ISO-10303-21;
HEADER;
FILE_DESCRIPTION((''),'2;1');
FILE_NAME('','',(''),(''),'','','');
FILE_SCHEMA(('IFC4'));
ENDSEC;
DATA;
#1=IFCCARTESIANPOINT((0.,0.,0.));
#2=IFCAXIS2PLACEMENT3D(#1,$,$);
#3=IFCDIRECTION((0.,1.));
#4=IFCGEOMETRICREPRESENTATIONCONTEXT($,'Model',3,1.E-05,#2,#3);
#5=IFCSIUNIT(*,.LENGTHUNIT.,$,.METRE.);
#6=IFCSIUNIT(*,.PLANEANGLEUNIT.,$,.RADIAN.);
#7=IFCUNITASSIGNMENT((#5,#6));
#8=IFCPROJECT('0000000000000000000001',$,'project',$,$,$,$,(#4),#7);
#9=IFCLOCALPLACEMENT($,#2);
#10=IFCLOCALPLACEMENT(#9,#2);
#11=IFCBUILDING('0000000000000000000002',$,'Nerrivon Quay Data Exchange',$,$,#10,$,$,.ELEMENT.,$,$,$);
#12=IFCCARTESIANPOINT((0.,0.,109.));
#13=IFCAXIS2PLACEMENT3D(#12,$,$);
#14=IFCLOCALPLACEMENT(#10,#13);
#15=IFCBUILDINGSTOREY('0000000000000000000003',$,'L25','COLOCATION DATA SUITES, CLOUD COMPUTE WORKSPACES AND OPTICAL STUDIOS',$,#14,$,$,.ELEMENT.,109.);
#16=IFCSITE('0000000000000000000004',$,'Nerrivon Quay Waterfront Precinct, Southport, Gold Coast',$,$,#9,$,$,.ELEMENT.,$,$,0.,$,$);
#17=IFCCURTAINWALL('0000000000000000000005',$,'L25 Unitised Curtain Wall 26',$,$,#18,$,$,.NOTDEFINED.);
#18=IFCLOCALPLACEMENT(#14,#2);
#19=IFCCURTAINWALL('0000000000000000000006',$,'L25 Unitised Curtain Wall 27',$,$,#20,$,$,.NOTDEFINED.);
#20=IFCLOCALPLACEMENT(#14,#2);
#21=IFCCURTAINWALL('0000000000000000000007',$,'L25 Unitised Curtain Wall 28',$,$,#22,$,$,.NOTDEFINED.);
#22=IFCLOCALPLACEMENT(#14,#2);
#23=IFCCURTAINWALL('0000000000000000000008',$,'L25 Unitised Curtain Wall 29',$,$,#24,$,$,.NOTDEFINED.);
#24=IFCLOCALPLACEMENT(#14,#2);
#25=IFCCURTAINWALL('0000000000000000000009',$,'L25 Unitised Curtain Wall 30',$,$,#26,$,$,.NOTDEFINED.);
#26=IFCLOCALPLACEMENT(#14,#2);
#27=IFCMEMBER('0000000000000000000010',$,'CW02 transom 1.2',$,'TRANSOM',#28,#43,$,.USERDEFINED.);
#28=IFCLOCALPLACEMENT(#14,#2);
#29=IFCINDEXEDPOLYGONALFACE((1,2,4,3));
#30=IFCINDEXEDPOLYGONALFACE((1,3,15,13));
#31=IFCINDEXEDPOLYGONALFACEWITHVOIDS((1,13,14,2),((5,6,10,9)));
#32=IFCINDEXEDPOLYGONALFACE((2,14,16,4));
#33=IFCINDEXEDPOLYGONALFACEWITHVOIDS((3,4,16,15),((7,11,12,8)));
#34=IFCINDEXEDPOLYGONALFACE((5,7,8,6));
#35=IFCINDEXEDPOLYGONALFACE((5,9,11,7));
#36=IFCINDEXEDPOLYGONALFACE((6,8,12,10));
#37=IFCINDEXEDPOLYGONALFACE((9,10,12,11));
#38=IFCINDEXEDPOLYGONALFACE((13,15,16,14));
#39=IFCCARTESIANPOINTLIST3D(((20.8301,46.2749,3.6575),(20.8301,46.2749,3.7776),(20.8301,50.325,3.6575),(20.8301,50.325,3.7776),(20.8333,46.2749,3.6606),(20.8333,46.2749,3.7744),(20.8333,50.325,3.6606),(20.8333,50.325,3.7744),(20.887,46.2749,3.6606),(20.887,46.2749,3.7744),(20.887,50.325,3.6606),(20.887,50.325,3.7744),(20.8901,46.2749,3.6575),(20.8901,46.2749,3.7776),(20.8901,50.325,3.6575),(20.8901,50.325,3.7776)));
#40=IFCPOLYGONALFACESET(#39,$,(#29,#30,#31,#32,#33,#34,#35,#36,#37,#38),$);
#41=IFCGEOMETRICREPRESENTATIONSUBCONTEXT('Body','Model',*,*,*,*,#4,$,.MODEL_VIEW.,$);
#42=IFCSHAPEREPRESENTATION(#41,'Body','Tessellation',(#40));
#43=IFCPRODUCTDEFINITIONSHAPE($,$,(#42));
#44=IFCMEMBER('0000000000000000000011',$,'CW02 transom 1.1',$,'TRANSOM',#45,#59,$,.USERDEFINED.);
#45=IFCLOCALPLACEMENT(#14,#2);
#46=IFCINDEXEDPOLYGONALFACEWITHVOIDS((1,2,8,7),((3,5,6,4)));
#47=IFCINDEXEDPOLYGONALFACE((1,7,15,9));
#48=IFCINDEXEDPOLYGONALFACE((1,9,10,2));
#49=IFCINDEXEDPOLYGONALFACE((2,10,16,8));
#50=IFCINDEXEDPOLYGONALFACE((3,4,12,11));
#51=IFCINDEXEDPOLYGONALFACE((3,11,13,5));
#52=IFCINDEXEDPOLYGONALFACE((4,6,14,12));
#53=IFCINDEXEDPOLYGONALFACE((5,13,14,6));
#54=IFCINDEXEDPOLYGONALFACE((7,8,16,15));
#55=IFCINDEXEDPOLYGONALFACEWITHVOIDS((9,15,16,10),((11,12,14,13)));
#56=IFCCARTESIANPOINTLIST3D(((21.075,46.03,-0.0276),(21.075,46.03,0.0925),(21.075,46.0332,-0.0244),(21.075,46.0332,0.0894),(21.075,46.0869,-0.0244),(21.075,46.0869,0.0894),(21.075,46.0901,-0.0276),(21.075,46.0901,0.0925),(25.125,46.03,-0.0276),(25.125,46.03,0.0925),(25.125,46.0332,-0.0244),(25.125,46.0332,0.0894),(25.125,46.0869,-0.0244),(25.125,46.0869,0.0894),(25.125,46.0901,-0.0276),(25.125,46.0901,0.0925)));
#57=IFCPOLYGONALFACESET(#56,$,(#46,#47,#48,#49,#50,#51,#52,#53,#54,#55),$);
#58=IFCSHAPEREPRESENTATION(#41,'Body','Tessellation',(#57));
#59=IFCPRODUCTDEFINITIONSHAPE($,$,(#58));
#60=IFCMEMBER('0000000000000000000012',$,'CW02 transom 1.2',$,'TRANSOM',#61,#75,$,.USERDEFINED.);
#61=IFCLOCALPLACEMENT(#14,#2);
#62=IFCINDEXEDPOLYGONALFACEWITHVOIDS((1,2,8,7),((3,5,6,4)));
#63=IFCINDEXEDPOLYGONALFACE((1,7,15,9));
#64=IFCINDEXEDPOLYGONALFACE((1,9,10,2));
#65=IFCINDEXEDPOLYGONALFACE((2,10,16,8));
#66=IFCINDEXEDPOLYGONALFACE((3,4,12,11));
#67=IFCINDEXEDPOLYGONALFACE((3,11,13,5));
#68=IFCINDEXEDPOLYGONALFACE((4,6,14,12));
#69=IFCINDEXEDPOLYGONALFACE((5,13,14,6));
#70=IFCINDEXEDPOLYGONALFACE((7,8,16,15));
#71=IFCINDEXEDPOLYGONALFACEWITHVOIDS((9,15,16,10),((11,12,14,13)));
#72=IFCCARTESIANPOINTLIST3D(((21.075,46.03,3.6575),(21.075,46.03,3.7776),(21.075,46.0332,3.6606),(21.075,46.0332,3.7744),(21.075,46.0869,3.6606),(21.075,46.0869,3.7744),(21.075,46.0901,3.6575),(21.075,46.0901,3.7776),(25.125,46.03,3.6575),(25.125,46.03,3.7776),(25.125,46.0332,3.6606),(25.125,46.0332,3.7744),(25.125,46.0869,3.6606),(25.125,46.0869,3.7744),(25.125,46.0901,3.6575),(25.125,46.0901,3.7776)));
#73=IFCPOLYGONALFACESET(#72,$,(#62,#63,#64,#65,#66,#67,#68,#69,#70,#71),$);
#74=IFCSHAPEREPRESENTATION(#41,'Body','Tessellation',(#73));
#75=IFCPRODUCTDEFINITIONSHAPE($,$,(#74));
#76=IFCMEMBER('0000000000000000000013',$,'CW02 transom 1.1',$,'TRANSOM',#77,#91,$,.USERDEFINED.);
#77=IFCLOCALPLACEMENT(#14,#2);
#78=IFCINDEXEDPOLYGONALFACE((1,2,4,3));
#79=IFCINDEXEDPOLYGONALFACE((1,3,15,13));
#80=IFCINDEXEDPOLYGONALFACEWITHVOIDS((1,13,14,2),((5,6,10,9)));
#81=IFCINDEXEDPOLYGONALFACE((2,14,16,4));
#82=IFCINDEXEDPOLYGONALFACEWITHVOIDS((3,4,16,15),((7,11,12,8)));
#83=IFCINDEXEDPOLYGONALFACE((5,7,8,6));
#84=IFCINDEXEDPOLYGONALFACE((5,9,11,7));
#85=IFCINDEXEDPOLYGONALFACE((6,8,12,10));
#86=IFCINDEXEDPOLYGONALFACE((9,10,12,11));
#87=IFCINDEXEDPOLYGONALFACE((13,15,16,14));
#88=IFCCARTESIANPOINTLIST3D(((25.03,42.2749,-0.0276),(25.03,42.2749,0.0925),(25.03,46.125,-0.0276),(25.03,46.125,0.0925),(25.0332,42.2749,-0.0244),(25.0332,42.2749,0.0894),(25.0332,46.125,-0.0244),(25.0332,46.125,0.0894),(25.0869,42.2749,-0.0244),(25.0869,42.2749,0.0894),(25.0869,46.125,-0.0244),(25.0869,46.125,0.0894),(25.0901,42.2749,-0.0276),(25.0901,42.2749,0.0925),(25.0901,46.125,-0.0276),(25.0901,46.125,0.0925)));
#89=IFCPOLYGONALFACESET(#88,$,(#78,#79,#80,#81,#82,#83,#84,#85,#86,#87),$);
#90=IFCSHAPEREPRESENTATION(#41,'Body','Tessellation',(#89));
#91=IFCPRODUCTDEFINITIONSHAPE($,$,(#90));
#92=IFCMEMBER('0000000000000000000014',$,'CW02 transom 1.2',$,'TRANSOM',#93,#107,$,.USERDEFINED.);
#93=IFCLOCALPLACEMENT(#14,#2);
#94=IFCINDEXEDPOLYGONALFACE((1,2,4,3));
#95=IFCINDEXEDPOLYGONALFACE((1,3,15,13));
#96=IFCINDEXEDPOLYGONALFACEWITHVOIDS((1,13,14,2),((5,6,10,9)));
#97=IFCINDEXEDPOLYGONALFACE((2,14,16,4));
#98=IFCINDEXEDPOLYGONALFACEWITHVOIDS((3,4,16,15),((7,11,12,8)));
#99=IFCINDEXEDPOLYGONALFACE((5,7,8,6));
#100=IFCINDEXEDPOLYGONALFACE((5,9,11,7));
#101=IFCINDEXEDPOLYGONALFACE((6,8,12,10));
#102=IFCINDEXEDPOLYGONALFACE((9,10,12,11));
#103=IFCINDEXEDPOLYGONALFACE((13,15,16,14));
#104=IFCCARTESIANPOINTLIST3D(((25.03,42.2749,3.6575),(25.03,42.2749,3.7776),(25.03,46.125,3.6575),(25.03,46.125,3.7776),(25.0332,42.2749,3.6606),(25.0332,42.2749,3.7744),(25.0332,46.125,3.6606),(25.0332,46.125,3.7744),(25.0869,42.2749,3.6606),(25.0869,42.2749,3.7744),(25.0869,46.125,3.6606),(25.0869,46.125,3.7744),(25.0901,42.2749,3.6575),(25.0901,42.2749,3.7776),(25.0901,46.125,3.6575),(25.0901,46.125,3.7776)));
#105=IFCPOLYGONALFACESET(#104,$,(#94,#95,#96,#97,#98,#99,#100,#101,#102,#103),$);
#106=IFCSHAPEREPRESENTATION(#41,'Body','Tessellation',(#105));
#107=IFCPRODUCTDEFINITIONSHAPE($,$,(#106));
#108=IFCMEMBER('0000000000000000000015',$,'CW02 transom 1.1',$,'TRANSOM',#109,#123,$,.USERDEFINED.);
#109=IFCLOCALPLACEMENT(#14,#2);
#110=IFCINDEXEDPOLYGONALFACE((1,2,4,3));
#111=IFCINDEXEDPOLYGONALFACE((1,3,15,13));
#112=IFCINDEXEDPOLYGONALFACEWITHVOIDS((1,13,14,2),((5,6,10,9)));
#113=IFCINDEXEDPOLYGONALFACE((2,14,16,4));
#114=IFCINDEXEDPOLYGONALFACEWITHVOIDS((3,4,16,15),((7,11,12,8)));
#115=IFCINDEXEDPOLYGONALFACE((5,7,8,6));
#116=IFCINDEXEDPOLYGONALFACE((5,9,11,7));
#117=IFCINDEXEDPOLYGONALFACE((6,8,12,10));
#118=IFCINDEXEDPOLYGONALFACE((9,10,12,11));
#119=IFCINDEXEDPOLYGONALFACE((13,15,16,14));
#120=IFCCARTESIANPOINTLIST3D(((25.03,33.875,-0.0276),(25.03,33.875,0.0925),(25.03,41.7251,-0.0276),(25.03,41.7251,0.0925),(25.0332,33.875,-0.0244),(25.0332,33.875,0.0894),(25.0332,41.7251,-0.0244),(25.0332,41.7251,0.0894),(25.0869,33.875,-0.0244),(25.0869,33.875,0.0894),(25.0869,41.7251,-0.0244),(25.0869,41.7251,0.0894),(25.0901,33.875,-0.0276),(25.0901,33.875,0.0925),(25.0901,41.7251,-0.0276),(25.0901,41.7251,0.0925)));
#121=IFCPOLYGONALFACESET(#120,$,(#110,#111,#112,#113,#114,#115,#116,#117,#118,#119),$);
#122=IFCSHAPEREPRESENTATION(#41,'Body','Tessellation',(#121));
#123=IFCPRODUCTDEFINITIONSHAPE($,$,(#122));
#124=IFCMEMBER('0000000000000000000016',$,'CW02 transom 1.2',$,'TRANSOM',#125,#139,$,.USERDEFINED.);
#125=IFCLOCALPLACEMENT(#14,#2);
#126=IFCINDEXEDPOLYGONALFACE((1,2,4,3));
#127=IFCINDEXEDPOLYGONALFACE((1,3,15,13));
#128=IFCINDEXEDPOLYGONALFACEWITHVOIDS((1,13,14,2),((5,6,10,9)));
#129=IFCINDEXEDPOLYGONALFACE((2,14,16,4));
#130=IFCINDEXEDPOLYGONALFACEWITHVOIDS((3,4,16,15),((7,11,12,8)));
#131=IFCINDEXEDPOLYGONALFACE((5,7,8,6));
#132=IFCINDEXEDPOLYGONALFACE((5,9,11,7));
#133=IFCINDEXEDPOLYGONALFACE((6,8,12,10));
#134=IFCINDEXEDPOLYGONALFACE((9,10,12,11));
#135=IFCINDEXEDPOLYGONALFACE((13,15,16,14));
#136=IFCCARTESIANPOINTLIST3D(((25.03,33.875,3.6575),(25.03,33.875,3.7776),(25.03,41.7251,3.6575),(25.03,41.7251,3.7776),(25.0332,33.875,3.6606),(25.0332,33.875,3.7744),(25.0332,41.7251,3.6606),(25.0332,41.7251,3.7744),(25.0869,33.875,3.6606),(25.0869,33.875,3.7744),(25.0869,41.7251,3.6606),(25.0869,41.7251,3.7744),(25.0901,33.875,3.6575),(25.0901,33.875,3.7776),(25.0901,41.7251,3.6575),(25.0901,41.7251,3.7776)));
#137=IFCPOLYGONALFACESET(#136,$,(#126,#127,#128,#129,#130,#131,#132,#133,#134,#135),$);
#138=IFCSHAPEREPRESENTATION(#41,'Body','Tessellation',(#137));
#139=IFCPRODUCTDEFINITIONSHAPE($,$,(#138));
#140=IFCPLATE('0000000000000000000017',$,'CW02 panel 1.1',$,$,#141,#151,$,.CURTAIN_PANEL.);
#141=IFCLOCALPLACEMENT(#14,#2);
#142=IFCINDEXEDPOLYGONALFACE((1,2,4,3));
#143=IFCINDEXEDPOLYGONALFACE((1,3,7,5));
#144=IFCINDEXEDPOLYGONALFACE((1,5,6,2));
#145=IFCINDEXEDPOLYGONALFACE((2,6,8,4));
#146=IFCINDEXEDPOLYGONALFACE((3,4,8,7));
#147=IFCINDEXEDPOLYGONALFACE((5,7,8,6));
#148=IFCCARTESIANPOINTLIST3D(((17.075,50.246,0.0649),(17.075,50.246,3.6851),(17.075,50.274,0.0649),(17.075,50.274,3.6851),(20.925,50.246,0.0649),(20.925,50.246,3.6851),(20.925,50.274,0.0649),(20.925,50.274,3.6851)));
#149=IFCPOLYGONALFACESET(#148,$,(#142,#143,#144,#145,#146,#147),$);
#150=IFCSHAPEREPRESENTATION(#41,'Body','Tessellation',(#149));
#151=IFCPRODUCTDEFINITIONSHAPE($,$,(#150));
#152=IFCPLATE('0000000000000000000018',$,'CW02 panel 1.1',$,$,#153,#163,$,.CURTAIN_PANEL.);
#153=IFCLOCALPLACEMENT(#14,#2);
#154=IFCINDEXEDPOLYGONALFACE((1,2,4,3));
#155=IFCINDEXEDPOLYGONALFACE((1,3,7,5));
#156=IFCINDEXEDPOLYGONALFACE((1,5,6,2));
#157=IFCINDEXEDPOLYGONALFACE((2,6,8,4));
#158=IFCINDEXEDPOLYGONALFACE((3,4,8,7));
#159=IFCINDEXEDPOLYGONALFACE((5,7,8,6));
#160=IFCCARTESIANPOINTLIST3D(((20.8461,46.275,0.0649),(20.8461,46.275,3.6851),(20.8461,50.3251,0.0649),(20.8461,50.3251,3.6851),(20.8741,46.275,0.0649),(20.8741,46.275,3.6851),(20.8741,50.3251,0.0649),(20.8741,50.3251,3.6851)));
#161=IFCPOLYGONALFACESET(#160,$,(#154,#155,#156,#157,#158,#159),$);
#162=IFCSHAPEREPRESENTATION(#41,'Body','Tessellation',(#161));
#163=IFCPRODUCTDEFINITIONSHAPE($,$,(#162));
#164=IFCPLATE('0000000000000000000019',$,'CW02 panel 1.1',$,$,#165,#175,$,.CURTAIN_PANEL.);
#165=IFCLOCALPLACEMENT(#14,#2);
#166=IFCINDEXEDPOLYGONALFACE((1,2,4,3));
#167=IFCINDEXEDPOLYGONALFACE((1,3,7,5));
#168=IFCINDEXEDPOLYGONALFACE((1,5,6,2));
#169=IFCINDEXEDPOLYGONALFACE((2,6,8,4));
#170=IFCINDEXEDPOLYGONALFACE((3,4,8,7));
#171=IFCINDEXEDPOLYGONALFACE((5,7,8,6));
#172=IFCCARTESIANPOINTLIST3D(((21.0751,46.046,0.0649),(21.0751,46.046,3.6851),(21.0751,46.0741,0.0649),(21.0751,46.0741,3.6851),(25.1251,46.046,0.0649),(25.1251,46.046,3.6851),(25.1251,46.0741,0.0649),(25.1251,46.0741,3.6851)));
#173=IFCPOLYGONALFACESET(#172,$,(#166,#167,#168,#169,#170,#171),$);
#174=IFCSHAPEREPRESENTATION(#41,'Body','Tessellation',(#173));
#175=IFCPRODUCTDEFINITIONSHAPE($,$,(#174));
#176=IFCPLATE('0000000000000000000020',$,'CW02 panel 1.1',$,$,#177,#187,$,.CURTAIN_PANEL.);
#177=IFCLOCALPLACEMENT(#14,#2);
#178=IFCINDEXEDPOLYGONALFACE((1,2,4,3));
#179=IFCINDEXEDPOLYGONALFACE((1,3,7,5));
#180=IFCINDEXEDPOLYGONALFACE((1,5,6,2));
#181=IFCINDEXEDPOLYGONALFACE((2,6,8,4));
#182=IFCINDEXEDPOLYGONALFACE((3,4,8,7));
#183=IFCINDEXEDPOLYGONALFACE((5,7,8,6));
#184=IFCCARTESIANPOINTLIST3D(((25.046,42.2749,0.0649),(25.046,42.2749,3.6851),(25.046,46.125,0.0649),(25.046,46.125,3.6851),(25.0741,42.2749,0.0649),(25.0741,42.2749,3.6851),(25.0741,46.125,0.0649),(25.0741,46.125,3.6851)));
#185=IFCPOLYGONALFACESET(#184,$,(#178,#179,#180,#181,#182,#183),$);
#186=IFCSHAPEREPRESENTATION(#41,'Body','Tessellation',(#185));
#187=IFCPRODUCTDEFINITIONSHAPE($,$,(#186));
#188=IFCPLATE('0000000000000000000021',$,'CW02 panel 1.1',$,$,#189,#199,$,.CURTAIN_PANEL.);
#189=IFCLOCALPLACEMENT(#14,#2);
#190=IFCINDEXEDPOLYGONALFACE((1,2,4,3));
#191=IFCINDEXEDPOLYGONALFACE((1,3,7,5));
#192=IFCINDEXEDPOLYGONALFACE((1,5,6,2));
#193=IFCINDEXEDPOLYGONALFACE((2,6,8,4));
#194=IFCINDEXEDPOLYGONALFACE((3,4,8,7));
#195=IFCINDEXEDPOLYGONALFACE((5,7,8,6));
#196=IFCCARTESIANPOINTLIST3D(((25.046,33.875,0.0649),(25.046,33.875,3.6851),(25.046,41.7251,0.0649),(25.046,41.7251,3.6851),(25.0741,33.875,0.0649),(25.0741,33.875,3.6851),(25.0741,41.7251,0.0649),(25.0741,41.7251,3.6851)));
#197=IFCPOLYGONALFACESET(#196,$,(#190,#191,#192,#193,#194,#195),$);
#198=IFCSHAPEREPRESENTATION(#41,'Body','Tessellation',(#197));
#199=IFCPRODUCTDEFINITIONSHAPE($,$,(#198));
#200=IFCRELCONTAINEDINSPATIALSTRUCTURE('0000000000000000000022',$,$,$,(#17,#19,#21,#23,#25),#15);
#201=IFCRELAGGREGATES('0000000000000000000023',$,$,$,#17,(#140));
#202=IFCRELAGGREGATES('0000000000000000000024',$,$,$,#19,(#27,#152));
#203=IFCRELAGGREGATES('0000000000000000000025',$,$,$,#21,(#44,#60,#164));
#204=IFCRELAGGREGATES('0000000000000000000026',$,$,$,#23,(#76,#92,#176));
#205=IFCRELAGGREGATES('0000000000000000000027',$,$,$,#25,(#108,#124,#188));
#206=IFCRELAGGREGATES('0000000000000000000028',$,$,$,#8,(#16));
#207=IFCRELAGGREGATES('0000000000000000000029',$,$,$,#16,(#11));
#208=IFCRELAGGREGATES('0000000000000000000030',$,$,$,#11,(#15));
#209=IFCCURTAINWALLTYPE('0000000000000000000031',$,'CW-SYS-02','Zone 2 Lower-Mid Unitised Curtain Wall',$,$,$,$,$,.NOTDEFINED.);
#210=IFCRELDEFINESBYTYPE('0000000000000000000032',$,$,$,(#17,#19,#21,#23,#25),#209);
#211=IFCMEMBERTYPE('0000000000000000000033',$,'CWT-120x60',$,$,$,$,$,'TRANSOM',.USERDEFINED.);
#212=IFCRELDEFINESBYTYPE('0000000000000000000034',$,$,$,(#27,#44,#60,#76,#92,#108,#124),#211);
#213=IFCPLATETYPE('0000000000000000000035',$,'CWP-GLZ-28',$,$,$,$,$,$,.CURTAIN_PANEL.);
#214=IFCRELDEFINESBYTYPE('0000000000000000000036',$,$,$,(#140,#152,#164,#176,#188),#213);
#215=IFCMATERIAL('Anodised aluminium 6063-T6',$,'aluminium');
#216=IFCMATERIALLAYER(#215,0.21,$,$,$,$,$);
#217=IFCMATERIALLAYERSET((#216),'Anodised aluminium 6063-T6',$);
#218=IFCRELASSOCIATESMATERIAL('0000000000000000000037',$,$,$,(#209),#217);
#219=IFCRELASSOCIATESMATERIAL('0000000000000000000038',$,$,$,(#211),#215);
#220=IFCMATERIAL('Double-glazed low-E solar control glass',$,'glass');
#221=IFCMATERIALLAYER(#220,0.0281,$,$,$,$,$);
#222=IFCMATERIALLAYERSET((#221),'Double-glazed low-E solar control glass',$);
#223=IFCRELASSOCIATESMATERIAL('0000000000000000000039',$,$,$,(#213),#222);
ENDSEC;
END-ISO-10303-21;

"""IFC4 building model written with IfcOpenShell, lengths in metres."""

from ifc_helpers import new_model, si_unit, direction, frame, origin, origin_2d, place, context, subcontext, project, spatial, rectangle, hollow_rectangle, extrude, material, layer, layer_set, material_profile, profile_set, type_object, element, aggregate, save


model = new_model("IFC4")

# Units and contexts
model_context = context("Model", 3, precision=1e-05, world=origin(), true_north=direction((0.0, 1.0)))
body_context = subcontext(model_context, "Body", "Model", "MODEL_VIEW")
ifc_project = project(units=[si_unit("LENGTHUNIT", "METRE"), si_unit("PLANEANGLEUNIT", "RADIAN")], contexts=[model_context])

# Site, building, storey
site_placement = place(None, origin())
site = spatial("IfcSite", under=ifc_project, at=site_placement, Name="Nerrivon Quay Waterfront Precinct, Southport, Gold Coast", CompositionType="ELEMENT", RefElevation=0.0)
building_placement = place(site_placement, origin())
building = spatial("IfcBuilding", under=site, at=building_placement, Name="Nerrivon Quay Data Exchange", CompositionType="ELEMENT")
storey_placement = place(building_placement, frame((0.0, 0.0, 109.0)))
storey = spatial("IfcBuildingStorey", under=building, at=storey_placement, Name="L25", Description="COLOCATION DATA SUITES, CLOUD COMPUTE WORKSPACES AND OPTICAL STUDIOS", CompositionType="ELEMENT", Elevation=109.0)

# Curtain wall
ifc_material_1 = material(Name="Anodised aluminium 6063-T6", Category="aluminium")
ifc_layer_1 = layer(ifc_material_1, 0.21)
ifc_layer_set_1 = layer_set([ifc_layer_1], Name="Anodised aluminium 6063-T6")
curtain_wall_type = type_object("IfcCurtainWallType", Name="CW-SYS-02", Description="Zone 2 Lower-Mid Unitised Curtain Wall", PredefinedType="NOTDEFINED", material=ifc_layer_set_1)
curtain_wall_1_placement = place(storey_placement, origin())
curtain_wall_1 = element("IfcCurtainWall", 1, at=curtain_wall_1_placement, inside=storey, type_object=curtain_wall_type, Name="L25 Unitised Curtain Wall 26", PredefinedType="NOTDEFINED")

# Curtain walls
curtain_wall_2_placement = place(storey_placement, origin())
curtain_wall_2 = element("IfcCurtainWall", 2, at=curtain_wall_2_placement, inside=storey, type_object=curtain_wall_type, Name="L25 Unitised Curtain Wall 27", PredefinedType="NOTDEFINED")
curtain_wall_3_placement = place(storey_placement, origin())
curtain_wall_3 = element("IfcCurtainWall", 3, at=curtain_wall_3_placement, inside=storey, type_object=curtain_wall_type, Name="L25 Unitised Curtain Wall 28", PredefinedType="NOTDEFINED")
curtain_wall_4_placement = place(storey_placement, origin())
curtain_wall_4 = element("IfcCurtainWall", 4, at=curtain_wall_4_placement, inside=storey, type_object=curtain_wall_type, Name="L25 Unitised Curtain Wall 29", PredefinedType="NOTDEFINED")

# Curtain wall
curtain_wall_5_placement = place(storey_placement, origin())
curtain_wall_5 = element("IfcCurtainWall", 5, at=curtain_wall_5_placement, inside=storey, type_object=curtain_wall_type, Name="L25 Unitised Curtain Wall 30", PredefinedType="NOTDEFINED")

# Members
ifc_material_profile_1 = material_profile(ifc_material_1, hollow_rectangle(XDim=0.0601, YDim=0.1201, WallThickness=0.0032, at=origin_2d()), Name="ALU-TRAN-120x60")
ifc_profile_set_1 = profile_set([ifc_material_profile_1], Name="Anodised aluminium 6063-T6")
member_type_1 = type_object("IfcMemberType", Name="CWT-120x60", ElementType="TRANSOM", PredefinedType="USERDEFINED", material=ifc_profile_set_1)
member_1_placement = place(storey_placement, frame((20.8601, 50.325, 3.7175), z_axis=(0.0, -1.0, 0.0), x_axis=(1.0, 0.0, 0.0)))
member_1 = element("IfcMember", 6, at=member_1_placement, type_object=member_type_1, Name="CW02 transom 1.2", ObjectType="TRANSOM", PredefinedType="USERDEFINED", context=body_context, shape_type="SweptSolid", body=[
    extrude(hollow_rectangle(XDim=0.0601, YDim=0.1201, WallThickness=0.0032, at=origin_2d()), origin(), (0.0, 0.0, 1.0), 4.05),
])
member_2_placement = place(storey_placement, frame((21.075, 46.0601, 0.0325), z_axis=(1.0, 0.0, 0.0), x_axis=(0.0, 1.0, 0.0)))
member_2 = element("IfcMember", 7, at=member_2_placement, type_object=member_type_1, Name="CW02 transom 1.1", ObjectType="TRANSOM", PredefinedType="USERDEFINED", context=body_context, shape_type="SweptSolid", body=[
    extrude(hollow_rectangle(XDim=0.0601, YDim=0.1201, WallThickness=0.0032, at=origin_2d()), origin(), (0.0, 0.0, 1.0), 4.05),
])
member_3_placement = place(storey_placement, frame((21.075, 46.0601, 3.7175), z_axis=(1.0, 0.0, 0.0), x_axis=(0.0, 1.0, 0.0)))
member_3 = element("IfcMember", 8, at=member_3_placement, type_object=member_type_1, Name="CW02 transom 1.2", ObjectType="TRANSOM", PredefinedType="USERDEFINED", context=body_context, shape_type="SweptSolid", body=[
    extrude(hollow_rectangle(XDim=0.0601, YDim=0.1201, WallThickness=0.0032, at=origin_2d()), origin(), (0.0, 0.0, 1.0), 4.05),
])
member_4_placement = place(storey_placement, frame((25.0601, 46.125, 0.0325), z_axis=(0.0, -1.0, 0.0), x_axis=(1.0, 0.0, 0.0)))
member_4 = element("IfcMember", 9, at=member_4_placement, type_object=member_type_1, Name="CW02 transom 1.1", ObjectType="TRANSOM", PredefinedType="USERDEFINED", context=body_context, shape_type="SweptSolid", body=[
    extrude(hollow_rectangle(XDim=0.0601, YDim=0.1201, WallThickness=0.0032, at=origin_2d()), origin(), (0.0, 0.0, 1.0), 3.8501),
])
member_5_placement = place(storey_placement, frame((25.0601, 46.125, 3.7175), z_axis=(0.0, -1.0, 0.0), x_axis=(1.0, 0.0, 0.0)))
member_5 = element("IfcMember", 10, at=member_5_placement, type_object=member_type_1, Name="CW02 transom 1.2", ObjectType="TRANSOM", PredefinedType="USERDEFINED", context=body_context, shape_type="SweptSolid", body=[
    extrude(hollow_rectangle(XDim=0.0601, YDim=0.1201, WallThickness=0.0032, at=origin_2d()), origin(), (0.0, 0.0, 1.0), 3.8501),
])
member_6_placement = place(storey_placement, frame((25.0601, 41.7251, 0.0325), z_axis=(0.0, -1.0, 0.0), x_axis=(1.0, 0.0, 0.0)))
member_6 = element("IfcMember", 11, at=member_6_placement, type_object=member_type_1, Name="CW02 transom 1.1", ObjectType="TRANSOM", PredefinedType="USERDEFINED", context=body_context, shape_type="SweptSolid", body=[
    extrude(hollow_rectangle(XDim=0.0601, YDim=0.1201, WallThickness=0.0032, at=origin_2d()), origin(), (0.0, 0.0, 1.0), 7.8501),
])
member_7_placement = place(storey_placement, frame((25.0601, 41.7251, 3.7175), z_axis=(0.0, -1.0, 0.0), x_axis=(1.0, 0.0, 0.0)))
member_7 = element("IfcMember", 12, at=member_7_placement, type_object=member_type_1, Name="CW02 transom 1.2", ObjectType="TRANSOM", PredefinedType="USERDEFINED", context=body_context, shape_type="SweptSolid", body=[
    extrude(hollow_rectangle(XDim=0.0601, YDim=0.1201, WallThickness=0.0032, at=origin_2d()), origin(), (0.0, 0.0, 1.0), 7.8501),
])

# Plates
ifc_material_2 = material(Name="Double-glazed low-E solar control glass", Category="glass")
ifc_layer_2 = layer(ifc_material_2, 0.0281)
ifc_layer_set_2 = layer_set([ifc_layer_2], Name="Double-glazed low-E solar control glass")
plate_type = type_object("IfcPlateType", Name="CWP-GLZ-28", PredefinedType="CURTAIN_PANEL", material=ifc_layer_set_2)
plate_1_placement = place(storey_placement, frame((19.0, 50.26, 0.0649), z_axis=(0.0, 0.0, 1.0), x_axis=(1.0, 0.0, 0.0)))
plate_1 = element("IfcPlate", 13, at=plate_1_placement, type_object=plate_type, Name="CW02 panel 1.1", PredefinedType="CURTAIN_PANEL", context=body_context, shape_type="SweptSolid", body=[
    extrude(rectangle(XDim=3.8501, YDim=0.0281, at=origin_2d()), origin(), (0.0, 0.0, 1.0), 3.6201),
])
aggregate(curtain_wall_1, [plate_1])
plate_2_placement = place(storey_placement, frame((20.8601, 48.3, 0.0649), z_axis=(0.0, 0.0, 1.0), x_axis=(0.0, -1.0, 0.0)))
plate_2 = element("IfcPlate", 14, at=plate_2_placement, type_object=plate_type, Name="CW02 panel 1.1", PredefinedType="CURTAIN_PANEL", context=body_context, shape_type="SweptSolid", body=[
    extrude(rectangle(XDim=4.05, YDim=0.0281, at=origin_2d()), origin(), (0.0, 0.0, 1.0), 3.6201),
])
aggregate(curtain_wall_2, [member_1, plate_2])
plate_3_placement = place(storey_placement, frame((23.1001, 46.0601, 0.0649), z_axis=(0.0, 0.0, 1.0), x_axis=(1.0, 0.0, 0.0)))
plate_3 = element("IfcPlate", 15, at=plate_3_placement, type_object=plate_type, Name="CW02 panel 1.1", PredefinedType="CURTAIN_PANEL", context=body_context, shape_type="SweptSolid", body=[
    extrude(rectangle(XDim=4.05, YDim=0.0281, at=origin_2d()), origin(), (0.0, 0.0, 1.0), 3.6201),
])
aggregate(curtain_wall_3, [member_2, member_3, plate_3])
plate_4_placement = place(storey_placement, frame((25.0601, 44.2, 0.0649), z_axis=(0.0, 0.0, 1.0), x_axis=(0.0, -1.0, 0.0)))
plate_4 = element("IfcPlate", 16, at=plate_4_placement, type_object=plate_type, Name="CW02 panel 1.1", PredefinedType="CURTAIN_PANEL", context=body_context, shape_type="SweptSolid", body=[
    extrude(rectangle(XDim=3.8501, YDim=0.0281, at=origin_2d()), origin(), (0.0, 0.0, 1.0), 3.6201),
])
aggregate(curtain_wall_4, [member_4, member_5, plate_4])
plate_5_placement = place(storey_placement, frame((25.0601, 37.8, 0.0649), z_axis=(0.0, 0.0, 1.0), x_axis=(0.0, -1.0, 0.0)))
plate_5 = element("IfcPlate", 17, at=plate_5_placement, type_object=plate_type, Name="CW02 panel 1.1", PredefinedType="CURTAIN_PANEL", context=body_context, shape_type="SweptSolid", body=[
    extrude(rectangle(XDim=7.8501, YDim=0.0281, at=origin_2d()), origin(), (0.0, 0.0, 1.0), 3.6201),
])
aggregate(curtain_wall_5, [member_6, member_7, plate_5])

save(model, "model.ifc")
